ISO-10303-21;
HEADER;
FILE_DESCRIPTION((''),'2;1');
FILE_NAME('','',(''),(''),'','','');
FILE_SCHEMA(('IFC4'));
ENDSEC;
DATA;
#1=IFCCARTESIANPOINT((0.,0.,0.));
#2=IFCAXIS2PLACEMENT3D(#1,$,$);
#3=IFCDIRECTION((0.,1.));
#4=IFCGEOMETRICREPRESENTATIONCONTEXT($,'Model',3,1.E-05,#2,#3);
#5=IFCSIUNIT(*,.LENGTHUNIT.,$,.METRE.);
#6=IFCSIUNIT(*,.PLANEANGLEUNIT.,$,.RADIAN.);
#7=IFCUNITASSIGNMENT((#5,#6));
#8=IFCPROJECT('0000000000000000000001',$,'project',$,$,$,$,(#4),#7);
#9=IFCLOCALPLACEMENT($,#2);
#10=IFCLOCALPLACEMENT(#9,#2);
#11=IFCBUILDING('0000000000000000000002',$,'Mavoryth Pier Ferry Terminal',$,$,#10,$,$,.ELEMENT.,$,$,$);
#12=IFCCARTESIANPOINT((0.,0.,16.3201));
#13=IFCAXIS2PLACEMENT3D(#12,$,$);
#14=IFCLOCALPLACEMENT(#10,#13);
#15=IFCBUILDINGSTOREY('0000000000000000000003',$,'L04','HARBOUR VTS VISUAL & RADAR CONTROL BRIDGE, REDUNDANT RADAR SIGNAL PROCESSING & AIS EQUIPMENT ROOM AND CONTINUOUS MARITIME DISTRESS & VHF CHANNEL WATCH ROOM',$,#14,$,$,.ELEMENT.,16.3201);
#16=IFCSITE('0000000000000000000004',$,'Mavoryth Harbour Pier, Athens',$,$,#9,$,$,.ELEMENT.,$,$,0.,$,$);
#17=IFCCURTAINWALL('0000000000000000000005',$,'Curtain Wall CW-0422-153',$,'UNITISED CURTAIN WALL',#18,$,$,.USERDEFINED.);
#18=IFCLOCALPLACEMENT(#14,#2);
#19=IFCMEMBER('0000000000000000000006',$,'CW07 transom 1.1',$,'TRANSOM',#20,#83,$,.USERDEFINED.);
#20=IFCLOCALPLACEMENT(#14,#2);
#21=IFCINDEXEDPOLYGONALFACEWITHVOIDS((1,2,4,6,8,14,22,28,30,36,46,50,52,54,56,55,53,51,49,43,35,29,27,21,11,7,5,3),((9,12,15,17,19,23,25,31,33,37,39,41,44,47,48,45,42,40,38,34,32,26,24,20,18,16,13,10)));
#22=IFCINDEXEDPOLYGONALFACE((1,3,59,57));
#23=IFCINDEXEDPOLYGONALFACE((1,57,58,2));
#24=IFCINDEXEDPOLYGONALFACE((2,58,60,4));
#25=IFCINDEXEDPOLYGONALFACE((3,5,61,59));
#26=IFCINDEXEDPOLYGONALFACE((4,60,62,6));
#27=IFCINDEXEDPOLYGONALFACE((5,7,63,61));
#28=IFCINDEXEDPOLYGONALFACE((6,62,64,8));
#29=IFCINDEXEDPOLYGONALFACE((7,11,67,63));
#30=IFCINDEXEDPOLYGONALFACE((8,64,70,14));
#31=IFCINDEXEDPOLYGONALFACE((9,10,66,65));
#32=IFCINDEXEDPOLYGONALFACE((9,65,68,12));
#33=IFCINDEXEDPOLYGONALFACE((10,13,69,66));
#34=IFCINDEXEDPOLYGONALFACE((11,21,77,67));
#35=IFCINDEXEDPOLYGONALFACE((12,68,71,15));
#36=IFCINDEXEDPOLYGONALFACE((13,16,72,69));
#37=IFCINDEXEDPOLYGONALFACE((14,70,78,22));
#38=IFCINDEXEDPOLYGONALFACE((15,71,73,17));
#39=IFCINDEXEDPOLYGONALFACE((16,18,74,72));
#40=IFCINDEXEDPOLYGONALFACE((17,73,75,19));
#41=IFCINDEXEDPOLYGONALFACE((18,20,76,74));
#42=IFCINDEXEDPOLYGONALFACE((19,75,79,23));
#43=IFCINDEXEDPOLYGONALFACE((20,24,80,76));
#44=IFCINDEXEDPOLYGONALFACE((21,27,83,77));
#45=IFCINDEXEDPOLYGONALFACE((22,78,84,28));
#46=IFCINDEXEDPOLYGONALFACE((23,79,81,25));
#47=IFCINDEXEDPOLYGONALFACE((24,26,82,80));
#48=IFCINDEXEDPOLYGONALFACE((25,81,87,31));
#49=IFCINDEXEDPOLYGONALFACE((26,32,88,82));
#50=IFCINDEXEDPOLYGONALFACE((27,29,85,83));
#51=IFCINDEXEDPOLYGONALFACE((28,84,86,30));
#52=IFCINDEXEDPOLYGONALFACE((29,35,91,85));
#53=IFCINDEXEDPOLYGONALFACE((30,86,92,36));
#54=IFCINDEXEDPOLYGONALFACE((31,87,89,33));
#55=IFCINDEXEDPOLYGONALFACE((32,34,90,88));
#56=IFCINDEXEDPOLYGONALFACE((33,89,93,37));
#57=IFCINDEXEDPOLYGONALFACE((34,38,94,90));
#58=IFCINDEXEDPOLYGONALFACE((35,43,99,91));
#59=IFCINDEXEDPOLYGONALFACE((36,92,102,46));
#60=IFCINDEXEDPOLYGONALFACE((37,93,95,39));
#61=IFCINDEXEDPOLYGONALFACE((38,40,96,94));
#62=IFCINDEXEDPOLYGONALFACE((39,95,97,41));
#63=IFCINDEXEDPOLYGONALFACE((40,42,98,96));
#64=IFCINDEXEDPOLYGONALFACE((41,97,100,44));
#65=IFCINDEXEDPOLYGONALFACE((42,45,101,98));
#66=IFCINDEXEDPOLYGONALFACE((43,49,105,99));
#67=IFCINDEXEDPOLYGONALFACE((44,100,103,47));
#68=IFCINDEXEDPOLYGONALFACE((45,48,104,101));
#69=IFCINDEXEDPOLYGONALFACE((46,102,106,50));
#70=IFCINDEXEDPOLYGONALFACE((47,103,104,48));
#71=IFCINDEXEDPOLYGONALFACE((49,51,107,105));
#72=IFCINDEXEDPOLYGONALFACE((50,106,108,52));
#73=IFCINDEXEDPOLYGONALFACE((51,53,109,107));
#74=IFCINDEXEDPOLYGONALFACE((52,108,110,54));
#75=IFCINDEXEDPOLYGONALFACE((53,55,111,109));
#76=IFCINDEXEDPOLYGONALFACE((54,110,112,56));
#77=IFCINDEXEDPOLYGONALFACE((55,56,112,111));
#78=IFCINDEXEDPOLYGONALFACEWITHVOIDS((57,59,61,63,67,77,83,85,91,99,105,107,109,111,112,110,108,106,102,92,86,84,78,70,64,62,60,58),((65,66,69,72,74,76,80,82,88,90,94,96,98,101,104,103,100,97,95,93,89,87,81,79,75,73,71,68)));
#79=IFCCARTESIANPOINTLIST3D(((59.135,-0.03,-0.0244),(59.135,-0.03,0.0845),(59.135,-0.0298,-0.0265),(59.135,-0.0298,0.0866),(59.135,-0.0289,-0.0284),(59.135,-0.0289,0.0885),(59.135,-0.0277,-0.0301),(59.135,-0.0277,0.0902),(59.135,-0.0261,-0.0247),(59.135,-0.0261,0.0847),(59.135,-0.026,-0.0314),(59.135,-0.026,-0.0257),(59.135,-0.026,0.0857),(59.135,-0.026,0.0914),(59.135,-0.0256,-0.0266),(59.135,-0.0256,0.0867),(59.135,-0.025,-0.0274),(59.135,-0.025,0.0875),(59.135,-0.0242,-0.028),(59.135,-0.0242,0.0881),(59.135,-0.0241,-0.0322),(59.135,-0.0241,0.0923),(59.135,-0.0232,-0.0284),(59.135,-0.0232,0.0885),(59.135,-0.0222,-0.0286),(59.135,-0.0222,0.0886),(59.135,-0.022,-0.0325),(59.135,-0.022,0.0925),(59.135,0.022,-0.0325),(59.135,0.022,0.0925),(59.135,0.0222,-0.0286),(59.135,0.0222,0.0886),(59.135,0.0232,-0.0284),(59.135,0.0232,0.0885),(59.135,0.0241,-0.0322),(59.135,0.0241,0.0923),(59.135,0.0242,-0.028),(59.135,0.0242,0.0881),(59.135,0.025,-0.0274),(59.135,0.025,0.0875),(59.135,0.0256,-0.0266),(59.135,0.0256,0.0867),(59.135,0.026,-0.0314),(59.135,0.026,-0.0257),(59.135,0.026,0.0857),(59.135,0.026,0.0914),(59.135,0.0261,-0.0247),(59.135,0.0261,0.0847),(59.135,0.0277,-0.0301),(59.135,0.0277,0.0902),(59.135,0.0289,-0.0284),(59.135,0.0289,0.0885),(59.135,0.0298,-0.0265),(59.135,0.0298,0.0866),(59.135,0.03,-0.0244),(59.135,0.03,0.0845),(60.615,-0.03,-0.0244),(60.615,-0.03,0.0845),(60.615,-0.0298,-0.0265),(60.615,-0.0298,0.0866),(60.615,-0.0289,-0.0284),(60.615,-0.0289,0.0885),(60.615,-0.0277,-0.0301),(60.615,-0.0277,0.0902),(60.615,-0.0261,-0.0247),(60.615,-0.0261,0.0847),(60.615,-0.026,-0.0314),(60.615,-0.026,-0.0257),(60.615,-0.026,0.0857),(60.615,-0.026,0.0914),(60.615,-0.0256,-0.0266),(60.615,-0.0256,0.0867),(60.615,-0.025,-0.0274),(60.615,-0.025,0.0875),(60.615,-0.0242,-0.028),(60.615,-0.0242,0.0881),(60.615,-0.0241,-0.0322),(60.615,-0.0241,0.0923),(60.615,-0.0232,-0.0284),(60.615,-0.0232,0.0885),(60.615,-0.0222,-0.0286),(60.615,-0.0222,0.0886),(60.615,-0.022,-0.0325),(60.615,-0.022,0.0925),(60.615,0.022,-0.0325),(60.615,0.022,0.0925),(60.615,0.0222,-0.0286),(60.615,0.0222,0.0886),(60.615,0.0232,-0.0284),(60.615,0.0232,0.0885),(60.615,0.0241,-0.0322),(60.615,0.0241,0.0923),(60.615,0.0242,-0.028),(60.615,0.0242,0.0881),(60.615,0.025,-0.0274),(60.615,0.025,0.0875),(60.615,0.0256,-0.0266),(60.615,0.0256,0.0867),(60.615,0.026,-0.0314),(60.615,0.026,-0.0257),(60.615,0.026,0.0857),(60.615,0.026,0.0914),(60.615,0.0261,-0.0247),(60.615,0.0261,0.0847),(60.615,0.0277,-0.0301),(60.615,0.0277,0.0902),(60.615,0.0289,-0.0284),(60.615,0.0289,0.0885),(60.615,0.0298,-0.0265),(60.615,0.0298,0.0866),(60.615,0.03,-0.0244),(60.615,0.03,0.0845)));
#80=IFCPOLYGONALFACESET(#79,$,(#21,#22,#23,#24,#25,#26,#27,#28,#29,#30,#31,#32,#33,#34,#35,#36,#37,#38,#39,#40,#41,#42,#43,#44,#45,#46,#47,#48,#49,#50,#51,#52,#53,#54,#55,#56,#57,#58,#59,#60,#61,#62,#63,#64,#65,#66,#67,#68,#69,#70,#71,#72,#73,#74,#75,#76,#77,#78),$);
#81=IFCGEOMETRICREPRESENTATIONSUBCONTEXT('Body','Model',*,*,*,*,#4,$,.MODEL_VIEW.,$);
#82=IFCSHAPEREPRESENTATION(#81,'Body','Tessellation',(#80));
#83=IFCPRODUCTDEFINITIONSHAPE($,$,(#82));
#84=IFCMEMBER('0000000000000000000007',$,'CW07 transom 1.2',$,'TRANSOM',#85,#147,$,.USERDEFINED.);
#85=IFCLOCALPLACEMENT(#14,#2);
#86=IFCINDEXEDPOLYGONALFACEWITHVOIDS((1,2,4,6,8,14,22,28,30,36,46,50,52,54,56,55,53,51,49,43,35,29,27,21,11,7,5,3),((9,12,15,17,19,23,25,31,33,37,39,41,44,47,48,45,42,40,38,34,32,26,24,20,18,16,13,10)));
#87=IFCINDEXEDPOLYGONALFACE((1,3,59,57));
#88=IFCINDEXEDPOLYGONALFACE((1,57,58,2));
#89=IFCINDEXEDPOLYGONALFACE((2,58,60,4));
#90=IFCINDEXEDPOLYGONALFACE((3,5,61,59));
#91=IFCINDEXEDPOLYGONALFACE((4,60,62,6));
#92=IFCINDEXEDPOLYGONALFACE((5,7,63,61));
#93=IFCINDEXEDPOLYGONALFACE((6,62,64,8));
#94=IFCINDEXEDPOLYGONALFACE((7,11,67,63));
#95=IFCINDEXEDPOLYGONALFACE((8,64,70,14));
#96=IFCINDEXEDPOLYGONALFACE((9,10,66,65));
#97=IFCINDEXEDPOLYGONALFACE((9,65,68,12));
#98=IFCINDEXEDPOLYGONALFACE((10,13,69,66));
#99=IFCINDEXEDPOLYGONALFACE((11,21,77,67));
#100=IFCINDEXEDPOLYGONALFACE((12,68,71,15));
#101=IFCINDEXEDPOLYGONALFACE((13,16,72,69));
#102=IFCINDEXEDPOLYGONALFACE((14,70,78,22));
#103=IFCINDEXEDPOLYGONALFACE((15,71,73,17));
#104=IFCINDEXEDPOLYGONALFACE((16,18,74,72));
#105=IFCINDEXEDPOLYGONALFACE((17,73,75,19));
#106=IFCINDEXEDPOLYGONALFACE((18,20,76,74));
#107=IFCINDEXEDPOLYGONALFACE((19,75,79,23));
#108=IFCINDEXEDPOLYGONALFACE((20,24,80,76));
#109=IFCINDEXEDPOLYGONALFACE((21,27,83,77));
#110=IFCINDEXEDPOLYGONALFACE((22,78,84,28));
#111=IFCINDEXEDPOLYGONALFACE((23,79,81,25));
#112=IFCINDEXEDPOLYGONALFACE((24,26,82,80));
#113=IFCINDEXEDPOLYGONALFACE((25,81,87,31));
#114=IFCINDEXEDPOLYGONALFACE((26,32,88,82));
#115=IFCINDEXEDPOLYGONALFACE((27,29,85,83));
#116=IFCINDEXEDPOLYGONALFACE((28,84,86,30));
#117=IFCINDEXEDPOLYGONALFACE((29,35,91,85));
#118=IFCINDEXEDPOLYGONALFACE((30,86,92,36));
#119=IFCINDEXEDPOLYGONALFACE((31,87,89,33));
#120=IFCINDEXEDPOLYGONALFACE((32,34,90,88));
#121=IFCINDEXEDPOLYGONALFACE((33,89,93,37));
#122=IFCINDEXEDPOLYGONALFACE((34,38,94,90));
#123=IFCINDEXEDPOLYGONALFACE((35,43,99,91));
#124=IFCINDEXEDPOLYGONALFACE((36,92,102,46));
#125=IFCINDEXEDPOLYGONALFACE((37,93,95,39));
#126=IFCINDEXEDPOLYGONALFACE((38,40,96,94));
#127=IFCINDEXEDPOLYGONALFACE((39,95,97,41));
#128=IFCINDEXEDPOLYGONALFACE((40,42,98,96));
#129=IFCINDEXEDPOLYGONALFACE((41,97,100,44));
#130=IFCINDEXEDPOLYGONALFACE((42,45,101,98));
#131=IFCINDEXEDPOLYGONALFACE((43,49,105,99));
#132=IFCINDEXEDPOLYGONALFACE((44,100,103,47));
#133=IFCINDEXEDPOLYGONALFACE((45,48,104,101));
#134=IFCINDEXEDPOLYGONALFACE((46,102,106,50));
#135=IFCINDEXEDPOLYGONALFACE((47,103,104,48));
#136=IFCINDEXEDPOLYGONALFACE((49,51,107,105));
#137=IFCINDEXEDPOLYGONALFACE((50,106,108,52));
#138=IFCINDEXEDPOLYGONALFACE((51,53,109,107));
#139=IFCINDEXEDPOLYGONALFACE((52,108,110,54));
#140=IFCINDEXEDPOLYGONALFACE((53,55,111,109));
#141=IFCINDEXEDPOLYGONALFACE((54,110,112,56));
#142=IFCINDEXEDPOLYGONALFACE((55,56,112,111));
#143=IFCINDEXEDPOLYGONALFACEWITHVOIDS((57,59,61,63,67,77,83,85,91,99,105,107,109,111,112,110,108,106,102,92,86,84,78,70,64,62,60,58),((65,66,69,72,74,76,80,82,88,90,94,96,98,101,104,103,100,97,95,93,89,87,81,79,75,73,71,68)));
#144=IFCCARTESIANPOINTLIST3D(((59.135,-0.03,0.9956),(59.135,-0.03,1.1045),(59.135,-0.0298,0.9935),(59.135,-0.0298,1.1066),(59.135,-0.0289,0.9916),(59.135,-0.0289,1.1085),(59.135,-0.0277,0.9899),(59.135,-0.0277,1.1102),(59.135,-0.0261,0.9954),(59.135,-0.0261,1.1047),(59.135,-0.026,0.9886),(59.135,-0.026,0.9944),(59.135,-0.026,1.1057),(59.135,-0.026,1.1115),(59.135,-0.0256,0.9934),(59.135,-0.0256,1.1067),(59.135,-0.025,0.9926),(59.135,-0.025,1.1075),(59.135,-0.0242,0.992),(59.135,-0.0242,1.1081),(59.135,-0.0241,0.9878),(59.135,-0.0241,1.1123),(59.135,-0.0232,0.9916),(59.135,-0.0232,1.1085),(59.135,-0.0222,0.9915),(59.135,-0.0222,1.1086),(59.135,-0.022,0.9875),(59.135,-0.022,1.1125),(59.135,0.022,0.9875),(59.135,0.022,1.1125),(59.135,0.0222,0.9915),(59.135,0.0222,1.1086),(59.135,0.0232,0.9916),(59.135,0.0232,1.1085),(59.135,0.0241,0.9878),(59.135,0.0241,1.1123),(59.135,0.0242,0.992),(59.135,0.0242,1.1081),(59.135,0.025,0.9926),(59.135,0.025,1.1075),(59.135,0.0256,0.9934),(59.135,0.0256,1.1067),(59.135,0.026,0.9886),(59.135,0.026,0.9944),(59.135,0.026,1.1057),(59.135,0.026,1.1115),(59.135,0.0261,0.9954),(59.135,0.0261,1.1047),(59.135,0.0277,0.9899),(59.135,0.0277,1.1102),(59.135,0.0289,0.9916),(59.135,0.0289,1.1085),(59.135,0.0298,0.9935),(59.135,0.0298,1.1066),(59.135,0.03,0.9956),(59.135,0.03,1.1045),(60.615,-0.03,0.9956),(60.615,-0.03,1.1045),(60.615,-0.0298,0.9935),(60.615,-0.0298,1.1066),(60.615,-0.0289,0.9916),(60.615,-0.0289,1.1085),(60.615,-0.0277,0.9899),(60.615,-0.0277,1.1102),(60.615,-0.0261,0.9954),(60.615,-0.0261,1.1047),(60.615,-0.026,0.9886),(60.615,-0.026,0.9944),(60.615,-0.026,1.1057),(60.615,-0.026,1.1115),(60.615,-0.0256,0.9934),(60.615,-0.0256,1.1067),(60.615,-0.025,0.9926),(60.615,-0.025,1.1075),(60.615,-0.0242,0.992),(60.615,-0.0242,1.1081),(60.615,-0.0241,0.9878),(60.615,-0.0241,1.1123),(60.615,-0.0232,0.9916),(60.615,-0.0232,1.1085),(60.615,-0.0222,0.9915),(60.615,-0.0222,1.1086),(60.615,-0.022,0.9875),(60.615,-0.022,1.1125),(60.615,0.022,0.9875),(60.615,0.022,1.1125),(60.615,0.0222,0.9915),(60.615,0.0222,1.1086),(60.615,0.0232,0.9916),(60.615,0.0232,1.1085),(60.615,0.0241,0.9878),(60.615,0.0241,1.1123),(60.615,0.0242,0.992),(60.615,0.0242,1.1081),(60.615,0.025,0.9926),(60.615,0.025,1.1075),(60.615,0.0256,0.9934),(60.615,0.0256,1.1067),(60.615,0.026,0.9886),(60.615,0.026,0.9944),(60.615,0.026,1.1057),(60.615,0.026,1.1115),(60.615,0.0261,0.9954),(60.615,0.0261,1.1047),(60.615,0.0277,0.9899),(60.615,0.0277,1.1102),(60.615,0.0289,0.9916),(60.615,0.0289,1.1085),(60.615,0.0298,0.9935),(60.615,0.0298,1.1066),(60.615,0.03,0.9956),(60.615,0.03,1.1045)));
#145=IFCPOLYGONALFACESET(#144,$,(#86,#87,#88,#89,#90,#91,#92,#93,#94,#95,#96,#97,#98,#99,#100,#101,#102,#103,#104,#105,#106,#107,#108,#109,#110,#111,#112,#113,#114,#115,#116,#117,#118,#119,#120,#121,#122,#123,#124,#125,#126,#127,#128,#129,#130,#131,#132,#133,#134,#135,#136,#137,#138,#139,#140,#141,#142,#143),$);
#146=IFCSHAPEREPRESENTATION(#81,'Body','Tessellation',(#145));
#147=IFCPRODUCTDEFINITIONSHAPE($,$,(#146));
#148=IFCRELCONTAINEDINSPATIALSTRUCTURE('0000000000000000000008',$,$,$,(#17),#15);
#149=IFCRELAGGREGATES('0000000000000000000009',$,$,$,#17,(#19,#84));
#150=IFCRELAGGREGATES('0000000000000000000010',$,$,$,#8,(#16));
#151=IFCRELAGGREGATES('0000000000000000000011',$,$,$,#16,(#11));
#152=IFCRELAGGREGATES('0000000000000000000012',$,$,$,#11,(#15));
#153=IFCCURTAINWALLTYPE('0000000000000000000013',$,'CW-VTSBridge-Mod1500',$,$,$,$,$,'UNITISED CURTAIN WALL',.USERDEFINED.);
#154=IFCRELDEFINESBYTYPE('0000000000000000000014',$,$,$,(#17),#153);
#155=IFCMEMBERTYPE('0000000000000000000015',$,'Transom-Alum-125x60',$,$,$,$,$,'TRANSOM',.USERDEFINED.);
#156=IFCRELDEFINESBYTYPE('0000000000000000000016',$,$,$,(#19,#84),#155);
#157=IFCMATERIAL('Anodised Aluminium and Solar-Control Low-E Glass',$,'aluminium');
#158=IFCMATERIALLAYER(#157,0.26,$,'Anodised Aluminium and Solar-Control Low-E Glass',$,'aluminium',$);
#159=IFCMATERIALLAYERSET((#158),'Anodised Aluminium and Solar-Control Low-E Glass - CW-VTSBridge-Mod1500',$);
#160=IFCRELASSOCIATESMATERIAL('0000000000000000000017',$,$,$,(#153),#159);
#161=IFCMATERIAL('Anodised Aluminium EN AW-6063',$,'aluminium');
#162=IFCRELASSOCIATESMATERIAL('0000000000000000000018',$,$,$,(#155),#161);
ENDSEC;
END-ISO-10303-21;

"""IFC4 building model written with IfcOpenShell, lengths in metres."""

from ifc_helpers import new_model, si_unit, direction, frame, origin, origin_2d, place, context, subcontext, project, spatial, hollow_rectangle, extrude, material, layer, layer_set, material_profile, profile_set, type_object, element, aggregate, save


model = new_model("IFC4")

# Units and contexts
model_context = context("Model", 3, precision=1e-05, world=origin(), true_north=direction((0.0, 1.0)))
body_context = subcontext(model_context, "Body", "Model", "MODEL_VIEW")
ifc_project = project(units=[si_unit("LENGTHUNIT", "METRE"), si_unit("PLANEANGLEUNIT", "RADIAN")], contexts=[model_context])

# Site, building, storey
site_placement = place(None, origin())
site = spatial("IfcSite", under=ifc_project, at=site_placement, Name="Mavoryth Harbour Pier, Athens", CompositionType="ELEMENT", RefElevation=0.0)
building_placement = place(site_placement, origin())
building = spatial("IfcBuilding", under=site, at=building_placement, Name="Mavoryth Pier Ferry Terminal", CompositionType="ELEMENT")
storey_placement = place(building_placement, frame((0.0, 0.0, 16.3201)))
storey = spatial("IfcBuildingStorey", under=building, at=storey_placement, Name="L04", Description="HARBOUR VTS VISUAL & RADAR CONTROL BRIDGE, REDUNDANT RADAR SIGNAL PROCESSING & AIS EQUIPMENT ROOM AND CONTINUOUS MARITIME DISTRESS & VHF CHANNEL WATCH ROOM", CompositionType="ELEMENT", Elevation=16.3201)

# Shared definitions
ifc_material_1 = material(Name="Anodised Aluminium and Solar-Control Low-E Glass", Category="aluminium")
ifc_layer_1 = layer(ifc_material_1, 0.26, Name="Anodised Aluminium and Solar-Control Low-E Glass", Category="aluminium")
ifc_layer_set_1 = layer_set([ifc_layer_1], Name="Anodised Aluminium and Solar-Control Low-E Glass - CW-VTSBridge-Mod1500")
curtain_wall_type = type_object("IfcCurtainWallType", Name="CW-VTSBridge-Mod1500", ElementType="UNITISED CURTAIN WALL", PredefinedType="USERDEFINED", material=ifc_layer_set_1)
ifc_material_2 = material(Name="Anodised Aluminium EN AW-6063", Category="aluminium")

# Curtain wall
curtain_wall_1_placement = place(storey_placement, origin())
curtain_wall_1 = element("IfcCurtainWall", 1, at=curtain_wall_1_placement, inside=storey, type_object=curtain_wall_type, Name="Curtain Wall CW-0422-153", ObjectType="UNITISED CURTAIN WALL", PredefinedType="USERDEFINED")

# Members
ifc_material_profile_1 = material_profile(ifc_material_2, hollow_rectangle(XDim=0.0601, YDim=0.125, WallThickness=0.0039, InnerFilletRadius=0.0039, OuterFilletRadius=0.0081, at=origin_2d()), Name="AL-TRAN 125x60x4", Category="aluminium")
ifc_profile_set_1 = profile_set([ifc_material_profile_1], Name="Anodised Aluminium EN AW-6063 - AL-TRAN 125x60x4")
member_type_1 = type_object("IfcMemberType", Name="Transom-Alum-125x60", ElementType="TRANSOM", PredefinedType="USERDEFINED", material=ifc_profile_set_1)
member_1_placement = place(storey_placement, frame((59.135, 0.0, 0.03), z_axis=(1.0, 0.0, 0.0), x_axis=(0.0, 1.0, 0.0)))
member_1 = element("IfcMember", 2, at=member_1_placement, type_object=member_type_1, Name="CW07 transom 1.1", ObjectType="TRANSOM", PredefinedType="USERDEFINED", context=body_context, shape_type="SweptSolid", body=[
    extrude(hollow_rectangle(XDim=0.0601, YDim=0.125, WallThickness=0.0039, InnerFilletRadius=0.0039, OuterFilletRadius=0.0081, at=origin_2d()), origin(), (0.0, 0.0, 1.0), 1.48),
])
member_2_placement = place(storey_placement, frame((59.135, 0.0, 1.05), z_axis=(1.0, 0.0, 0.0), x_axis=(0.0, 1.0, 0.0)))
member_2 = element("IfcMember", 3, at=member_2_placement, type_object=member_type_1, Name="CW07 transom 1.2", ObjectType="TRANSOM", PredefinedType="USERDEFINED", context=body_context, shape_type="SweptSolid", body=[
    extrude(hollow_rectangle(XDim=0.0601, YDim=0.125, WallThickness=0.0039, InnerFilletRadius=0.0039, OuterFilletRadius=0.0081, at=origin_2d()), origin(), (0.0, 0.0, 1.0), 1.48),
])

aggregate(curtain_wall_1, [member_1, member_2])

save(model, "model.ifc")
